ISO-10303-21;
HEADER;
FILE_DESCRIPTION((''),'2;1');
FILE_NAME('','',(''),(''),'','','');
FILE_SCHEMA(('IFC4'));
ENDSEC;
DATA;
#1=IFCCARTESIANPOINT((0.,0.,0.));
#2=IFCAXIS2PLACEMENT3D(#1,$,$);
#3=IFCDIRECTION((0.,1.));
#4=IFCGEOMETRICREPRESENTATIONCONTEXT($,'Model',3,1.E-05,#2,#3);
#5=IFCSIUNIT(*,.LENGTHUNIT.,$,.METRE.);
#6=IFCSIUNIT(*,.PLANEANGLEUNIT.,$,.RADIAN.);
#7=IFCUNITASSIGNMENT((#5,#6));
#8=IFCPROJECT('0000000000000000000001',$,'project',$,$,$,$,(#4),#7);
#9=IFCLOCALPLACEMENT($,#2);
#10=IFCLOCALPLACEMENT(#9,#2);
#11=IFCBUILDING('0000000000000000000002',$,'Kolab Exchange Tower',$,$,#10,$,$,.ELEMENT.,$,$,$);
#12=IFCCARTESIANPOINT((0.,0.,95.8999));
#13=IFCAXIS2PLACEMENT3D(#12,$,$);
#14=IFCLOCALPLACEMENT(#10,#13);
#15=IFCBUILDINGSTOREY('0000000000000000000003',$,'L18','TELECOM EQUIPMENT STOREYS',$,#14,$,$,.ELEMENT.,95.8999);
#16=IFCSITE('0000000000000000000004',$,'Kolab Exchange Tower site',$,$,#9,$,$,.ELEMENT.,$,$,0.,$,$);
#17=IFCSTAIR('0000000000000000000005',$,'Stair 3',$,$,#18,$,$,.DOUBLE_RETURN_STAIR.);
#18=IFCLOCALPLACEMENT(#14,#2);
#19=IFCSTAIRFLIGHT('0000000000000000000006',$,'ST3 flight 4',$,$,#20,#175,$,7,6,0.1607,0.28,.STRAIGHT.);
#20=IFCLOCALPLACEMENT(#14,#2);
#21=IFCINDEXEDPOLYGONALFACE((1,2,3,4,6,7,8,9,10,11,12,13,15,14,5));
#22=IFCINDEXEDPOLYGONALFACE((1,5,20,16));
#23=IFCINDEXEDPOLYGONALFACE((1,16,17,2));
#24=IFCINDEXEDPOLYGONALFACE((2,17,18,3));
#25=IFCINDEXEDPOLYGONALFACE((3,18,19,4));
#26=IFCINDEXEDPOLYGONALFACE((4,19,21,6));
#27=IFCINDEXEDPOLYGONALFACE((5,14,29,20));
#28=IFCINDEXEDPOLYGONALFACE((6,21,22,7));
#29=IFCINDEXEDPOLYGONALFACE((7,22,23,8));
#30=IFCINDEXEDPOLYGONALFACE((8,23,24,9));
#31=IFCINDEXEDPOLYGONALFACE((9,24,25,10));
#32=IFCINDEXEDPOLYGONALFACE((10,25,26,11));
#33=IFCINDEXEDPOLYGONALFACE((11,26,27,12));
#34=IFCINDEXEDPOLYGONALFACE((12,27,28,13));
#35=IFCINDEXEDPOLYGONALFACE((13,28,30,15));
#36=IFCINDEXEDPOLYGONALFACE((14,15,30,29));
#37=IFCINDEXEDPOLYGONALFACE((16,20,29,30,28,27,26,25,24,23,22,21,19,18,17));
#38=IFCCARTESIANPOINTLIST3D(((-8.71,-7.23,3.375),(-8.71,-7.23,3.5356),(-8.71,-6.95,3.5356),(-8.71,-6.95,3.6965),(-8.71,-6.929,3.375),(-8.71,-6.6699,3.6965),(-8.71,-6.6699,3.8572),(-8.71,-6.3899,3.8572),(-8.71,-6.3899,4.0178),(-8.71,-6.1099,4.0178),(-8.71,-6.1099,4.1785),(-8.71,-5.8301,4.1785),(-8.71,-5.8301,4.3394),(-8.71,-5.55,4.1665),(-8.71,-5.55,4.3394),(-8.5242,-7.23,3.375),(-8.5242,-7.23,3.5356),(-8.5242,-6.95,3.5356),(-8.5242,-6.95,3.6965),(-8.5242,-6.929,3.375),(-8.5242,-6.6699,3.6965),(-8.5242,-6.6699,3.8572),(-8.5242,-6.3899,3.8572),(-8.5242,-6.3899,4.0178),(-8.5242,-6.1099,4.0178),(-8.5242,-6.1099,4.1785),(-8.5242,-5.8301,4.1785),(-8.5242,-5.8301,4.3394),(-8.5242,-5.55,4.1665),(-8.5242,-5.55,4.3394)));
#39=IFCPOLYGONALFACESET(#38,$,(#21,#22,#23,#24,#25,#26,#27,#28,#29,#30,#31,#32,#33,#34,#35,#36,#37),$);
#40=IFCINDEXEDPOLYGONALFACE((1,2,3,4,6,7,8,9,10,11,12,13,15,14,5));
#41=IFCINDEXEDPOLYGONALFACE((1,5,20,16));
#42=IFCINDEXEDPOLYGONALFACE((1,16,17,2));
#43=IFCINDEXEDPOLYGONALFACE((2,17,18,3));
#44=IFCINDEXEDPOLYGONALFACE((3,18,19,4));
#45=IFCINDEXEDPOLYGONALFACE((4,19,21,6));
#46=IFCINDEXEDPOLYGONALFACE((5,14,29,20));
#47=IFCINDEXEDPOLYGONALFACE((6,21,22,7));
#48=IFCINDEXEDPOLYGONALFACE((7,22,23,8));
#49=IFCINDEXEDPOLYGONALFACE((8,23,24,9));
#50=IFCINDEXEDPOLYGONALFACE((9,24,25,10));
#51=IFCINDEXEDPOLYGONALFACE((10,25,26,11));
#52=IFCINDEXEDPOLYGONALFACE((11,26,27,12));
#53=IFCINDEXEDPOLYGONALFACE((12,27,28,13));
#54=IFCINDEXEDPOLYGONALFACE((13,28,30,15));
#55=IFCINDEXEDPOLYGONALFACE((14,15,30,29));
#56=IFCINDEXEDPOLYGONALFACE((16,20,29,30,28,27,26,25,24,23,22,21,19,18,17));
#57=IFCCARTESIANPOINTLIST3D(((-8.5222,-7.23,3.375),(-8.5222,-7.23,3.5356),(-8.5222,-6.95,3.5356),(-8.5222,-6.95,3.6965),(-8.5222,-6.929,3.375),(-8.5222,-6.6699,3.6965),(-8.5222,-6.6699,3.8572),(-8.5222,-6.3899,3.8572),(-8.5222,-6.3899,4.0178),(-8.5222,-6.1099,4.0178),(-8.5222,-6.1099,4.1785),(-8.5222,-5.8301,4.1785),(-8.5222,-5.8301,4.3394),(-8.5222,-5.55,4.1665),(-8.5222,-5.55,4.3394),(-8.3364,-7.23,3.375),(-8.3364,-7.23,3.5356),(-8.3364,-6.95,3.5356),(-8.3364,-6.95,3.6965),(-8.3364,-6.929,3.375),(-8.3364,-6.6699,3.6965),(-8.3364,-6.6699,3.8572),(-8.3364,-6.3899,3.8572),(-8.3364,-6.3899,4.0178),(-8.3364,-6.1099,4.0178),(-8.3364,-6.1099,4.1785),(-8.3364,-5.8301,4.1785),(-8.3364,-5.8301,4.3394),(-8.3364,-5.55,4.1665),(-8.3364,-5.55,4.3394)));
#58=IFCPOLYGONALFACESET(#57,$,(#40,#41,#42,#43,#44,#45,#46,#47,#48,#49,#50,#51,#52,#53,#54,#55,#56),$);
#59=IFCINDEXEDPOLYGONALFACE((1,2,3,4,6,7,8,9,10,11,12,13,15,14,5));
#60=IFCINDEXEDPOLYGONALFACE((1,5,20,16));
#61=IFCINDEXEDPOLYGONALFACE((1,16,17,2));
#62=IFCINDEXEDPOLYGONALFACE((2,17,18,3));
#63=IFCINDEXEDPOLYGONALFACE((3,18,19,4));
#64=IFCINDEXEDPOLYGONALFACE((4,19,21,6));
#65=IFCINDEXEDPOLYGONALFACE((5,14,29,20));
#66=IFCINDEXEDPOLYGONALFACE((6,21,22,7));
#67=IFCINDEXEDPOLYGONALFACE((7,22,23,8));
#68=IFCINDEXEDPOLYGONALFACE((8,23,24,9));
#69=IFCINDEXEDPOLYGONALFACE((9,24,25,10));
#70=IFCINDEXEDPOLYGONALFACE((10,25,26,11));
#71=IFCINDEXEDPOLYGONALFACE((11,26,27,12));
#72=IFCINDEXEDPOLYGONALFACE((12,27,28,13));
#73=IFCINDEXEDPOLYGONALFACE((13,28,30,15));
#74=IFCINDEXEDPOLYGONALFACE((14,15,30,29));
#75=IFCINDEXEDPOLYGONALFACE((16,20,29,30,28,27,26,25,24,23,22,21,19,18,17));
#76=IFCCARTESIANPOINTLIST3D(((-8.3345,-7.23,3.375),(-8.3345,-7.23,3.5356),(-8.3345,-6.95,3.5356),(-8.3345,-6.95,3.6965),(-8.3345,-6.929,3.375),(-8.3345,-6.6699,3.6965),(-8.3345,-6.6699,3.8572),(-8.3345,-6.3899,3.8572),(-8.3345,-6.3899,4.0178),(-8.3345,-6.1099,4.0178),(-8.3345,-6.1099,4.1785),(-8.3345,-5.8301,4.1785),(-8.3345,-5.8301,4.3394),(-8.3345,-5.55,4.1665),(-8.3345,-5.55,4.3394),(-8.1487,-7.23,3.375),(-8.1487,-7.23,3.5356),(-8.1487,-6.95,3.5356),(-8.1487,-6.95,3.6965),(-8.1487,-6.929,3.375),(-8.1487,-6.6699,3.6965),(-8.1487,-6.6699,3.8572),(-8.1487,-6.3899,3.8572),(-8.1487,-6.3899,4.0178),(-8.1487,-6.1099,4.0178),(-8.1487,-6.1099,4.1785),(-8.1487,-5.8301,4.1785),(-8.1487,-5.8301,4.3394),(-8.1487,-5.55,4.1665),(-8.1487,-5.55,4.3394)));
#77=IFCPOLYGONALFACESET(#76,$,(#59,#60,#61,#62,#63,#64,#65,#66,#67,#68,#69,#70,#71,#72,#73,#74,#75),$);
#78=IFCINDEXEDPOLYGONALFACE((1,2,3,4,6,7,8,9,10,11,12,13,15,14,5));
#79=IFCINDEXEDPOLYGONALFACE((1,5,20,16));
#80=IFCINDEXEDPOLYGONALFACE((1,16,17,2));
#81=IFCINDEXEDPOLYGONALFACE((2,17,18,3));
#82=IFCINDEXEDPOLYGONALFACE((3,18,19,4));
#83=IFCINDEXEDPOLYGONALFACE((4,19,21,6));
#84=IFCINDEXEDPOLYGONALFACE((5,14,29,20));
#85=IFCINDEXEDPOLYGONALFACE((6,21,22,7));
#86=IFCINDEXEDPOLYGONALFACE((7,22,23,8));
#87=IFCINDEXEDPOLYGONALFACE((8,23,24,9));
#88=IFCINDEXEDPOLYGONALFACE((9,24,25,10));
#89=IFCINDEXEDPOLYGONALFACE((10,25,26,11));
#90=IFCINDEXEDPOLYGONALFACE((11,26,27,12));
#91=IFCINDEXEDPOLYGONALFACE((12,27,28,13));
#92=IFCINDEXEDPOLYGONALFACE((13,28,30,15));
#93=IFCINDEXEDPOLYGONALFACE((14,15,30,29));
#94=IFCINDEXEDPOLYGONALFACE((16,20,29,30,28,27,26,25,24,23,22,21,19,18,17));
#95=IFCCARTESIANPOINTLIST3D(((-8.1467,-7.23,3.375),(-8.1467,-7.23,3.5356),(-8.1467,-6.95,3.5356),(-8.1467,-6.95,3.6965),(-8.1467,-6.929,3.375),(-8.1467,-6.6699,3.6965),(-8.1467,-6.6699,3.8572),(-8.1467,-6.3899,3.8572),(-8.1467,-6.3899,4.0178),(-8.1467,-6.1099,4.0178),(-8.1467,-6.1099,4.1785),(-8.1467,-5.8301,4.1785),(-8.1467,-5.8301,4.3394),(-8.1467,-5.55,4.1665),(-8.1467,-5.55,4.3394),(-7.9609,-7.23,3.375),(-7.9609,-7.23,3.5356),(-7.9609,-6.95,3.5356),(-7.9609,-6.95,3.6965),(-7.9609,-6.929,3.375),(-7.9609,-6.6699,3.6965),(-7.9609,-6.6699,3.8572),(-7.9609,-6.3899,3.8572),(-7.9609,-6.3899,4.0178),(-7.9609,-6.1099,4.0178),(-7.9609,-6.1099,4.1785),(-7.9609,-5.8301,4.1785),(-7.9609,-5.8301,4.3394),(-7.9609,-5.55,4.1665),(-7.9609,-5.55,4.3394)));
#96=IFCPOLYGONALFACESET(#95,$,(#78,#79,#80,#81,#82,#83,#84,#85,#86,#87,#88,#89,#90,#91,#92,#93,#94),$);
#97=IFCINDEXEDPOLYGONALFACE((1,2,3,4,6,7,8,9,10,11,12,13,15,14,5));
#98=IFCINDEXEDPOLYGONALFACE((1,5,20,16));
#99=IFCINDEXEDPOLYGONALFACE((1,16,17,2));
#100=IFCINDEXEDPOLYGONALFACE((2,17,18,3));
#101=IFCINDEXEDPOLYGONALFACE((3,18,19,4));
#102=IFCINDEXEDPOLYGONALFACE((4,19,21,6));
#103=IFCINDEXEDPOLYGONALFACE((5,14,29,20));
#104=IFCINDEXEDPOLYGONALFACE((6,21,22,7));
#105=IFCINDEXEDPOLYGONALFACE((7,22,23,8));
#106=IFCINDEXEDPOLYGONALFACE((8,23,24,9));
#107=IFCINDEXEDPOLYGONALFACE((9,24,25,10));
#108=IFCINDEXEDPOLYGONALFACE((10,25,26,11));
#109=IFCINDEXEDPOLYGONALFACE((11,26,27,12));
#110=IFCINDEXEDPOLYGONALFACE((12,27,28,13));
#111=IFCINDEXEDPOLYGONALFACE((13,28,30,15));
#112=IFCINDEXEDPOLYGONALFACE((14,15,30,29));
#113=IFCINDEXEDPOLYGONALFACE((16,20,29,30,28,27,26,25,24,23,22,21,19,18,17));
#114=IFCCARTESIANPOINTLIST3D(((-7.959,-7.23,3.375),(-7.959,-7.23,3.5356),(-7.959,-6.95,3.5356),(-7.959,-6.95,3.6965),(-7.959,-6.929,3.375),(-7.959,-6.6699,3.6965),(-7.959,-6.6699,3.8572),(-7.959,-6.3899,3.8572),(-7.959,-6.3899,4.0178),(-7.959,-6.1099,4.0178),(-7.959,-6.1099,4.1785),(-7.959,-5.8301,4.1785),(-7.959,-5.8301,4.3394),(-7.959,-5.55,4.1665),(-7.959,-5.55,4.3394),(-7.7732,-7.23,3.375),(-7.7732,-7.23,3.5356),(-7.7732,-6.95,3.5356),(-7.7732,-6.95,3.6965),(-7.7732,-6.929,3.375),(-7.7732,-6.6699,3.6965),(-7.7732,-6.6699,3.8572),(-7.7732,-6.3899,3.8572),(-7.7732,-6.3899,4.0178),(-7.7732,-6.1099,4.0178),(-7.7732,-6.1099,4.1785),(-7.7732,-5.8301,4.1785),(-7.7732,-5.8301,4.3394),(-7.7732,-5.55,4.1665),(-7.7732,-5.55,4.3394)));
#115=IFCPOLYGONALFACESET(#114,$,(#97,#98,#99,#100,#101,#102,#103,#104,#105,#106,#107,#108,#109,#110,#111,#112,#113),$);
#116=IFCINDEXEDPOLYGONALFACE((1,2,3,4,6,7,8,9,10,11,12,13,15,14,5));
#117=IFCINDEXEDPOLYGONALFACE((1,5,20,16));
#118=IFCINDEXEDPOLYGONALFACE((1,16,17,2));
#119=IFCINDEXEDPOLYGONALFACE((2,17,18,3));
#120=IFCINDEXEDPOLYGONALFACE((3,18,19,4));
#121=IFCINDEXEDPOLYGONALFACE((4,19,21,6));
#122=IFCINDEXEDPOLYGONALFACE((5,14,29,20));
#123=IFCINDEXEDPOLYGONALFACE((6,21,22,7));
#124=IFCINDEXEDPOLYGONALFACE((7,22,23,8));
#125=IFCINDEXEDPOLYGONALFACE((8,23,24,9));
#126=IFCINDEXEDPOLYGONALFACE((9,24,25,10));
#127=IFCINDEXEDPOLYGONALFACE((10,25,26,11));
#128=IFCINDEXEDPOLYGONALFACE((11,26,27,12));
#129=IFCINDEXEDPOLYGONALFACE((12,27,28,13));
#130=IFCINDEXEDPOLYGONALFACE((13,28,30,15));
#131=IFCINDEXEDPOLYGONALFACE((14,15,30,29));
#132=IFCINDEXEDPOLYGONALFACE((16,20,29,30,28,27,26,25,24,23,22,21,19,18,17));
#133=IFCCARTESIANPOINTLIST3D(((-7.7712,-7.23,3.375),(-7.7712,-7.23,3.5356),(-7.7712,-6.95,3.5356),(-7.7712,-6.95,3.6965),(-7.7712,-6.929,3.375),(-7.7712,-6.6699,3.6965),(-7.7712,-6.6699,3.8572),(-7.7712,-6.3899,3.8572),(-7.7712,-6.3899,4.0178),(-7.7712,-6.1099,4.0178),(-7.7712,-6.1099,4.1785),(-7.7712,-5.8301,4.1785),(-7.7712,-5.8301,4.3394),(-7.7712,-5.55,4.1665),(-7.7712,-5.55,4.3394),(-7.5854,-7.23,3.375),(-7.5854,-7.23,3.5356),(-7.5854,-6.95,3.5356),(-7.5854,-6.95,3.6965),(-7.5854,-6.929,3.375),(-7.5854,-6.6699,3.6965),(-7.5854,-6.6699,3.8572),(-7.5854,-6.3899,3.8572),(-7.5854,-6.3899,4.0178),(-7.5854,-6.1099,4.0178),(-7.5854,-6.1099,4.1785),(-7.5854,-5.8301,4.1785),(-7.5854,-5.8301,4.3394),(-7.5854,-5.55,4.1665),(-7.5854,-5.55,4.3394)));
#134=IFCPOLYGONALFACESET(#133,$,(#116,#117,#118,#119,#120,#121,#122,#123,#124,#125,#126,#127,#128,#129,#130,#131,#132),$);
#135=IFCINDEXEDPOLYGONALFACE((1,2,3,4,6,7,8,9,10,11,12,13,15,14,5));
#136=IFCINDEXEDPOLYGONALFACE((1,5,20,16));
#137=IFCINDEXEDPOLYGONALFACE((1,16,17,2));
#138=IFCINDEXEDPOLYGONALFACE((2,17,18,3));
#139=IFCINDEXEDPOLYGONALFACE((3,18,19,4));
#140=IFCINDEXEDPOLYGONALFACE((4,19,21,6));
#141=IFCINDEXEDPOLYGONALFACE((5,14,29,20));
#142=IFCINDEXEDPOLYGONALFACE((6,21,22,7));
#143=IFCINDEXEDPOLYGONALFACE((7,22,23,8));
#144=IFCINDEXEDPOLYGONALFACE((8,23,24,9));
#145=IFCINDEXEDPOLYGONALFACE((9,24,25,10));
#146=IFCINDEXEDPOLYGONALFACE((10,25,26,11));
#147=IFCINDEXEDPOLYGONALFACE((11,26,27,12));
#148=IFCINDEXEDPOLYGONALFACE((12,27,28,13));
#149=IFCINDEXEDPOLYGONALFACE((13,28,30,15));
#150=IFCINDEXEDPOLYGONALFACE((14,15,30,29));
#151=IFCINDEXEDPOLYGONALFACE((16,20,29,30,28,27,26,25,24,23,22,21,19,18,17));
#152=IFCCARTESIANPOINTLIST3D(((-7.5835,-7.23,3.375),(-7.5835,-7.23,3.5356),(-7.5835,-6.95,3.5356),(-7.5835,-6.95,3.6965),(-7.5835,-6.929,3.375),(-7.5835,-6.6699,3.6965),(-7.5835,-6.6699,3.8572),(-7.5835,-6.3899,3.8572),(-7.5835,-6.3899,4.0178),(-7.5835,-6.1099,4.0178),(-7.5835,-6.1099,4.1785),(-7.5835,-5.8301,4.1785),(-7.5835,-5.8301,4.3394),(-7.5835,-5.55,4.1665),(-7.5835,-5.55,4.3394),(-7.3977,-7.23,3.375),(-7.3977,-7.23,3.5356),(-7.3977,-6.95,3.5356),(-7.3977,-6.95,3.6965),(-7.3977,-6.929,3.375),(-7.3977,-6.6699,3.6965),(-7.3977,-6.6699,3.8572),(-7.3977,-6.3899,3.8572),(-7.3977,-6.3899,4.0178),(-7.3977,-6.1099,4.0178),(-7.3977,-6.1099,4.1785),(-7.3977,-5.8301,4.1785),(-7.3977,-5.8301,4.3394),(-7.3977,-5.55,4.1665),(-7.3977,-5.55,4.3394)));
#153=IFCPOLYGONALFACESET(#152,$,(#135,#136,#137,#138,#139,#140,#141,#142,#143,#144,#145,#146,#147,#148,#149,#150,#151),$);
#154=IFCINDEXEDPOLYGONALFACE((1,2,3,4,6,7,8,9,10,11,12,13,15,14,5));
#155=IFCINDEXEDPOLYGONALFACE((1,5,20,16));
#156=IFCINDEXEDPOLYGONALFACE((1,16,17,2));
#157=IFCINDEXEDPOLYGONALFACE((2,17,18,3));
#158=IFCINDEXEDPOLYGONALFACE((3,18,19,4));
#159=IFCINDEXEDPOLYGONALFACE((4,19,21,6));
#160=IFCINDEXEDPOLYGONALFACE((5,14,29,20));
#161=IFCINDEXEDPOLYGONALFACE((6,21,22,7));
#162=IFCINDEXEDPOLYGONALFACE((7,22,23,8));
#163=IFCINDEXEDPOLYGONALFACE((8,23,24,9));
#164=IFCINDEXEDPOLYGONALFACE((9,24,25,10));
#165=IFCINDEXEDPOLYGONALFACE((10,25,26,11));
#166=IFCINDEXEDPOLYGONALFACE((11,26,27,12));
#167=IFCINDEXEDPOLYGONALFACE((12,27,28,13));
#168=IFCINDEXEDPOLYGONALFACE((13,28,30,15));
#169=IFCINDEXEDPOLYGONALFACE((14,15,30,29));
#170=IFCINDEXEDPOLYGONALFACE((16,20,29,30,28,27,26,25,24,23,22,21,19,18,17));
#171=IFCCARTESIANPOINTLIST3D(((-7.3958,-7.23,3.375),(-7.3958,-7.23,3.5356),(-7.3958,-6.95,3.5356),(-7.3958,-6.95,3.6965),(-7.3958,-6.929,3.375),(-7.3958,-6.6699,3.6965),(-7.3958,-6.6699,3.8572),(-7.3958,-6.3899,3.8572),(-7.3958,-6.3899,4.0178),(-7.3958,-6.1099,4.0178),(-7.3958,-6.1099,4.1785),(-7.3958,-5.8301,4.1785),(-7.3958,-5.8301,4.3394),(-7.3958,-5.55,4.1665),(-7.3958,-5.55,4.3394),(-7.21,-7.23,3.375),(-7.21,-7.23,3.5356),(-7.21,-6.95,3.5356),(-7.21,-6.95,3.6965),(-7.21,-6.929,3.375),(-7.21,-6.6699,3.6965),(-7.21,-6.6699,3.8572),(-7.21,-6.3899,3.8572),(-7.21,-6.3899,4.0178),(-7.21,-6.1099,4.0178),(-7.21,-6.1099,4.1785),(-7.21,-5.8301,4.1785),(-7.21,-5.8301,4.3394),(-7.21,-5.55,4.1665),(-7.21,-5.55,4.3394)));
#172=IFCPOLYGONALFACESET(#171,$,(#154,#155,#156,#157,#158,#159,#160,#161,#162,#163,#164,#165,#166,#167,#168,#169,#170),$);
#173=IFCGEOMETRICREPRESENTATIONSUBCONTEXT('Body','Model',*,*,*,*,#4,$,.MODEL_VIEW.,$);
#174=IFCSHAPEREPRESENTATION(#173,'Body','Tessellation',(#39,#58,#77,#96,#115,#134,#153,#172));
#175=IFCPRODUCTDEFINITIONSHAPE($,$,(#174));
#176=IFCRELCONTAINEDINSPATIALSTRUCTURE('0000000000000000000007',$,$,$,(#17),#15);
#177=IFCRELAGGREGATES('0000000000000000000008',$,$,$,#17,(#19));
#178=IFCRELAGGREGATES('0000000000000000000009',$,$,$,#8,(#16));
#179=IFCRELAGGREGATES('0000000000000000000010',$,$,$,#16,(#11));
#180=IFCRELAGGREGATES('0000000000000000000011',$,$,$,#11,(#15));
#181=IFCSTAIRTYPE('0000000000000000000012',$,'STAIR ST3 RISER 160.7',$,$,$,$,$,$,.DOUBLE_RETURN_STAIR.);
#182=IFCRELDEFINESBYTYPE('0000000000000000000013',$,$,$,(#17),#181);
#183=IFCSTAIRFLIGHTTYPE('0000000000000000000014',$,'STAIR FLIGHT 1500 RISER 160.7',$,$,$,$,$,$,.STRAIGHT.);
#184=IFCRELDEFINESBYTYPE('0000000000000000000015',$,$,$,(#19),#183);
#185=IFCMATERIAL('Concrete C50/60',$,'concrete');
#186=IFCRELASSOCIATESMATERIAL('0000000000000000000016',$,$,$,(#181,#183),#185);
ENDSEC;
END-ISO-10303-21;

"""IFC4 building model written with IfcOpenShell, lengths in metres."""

from ifc_helpers import new_model, si_unit, direction, frame, origin, place, context, subcontext, project, spatial, polyline, outline, extrude, material, type_object, element, aggregate, save


model = new_model("IFC4")

# Units and contexts
model_context = context("Model", 3, precision=1e-05, world=origin(), true_north=direction((0.0, 1.0)))
body_context = subcontext(model_context, "Body", "Model", "MODEL_VIEW")
ifc_project = project(units=[si_unit("LENGTHUNIT", "METRE"), si_unit("PLANEANGLEUNIT", "RADIAN")], contexts=[model_context])

# Site, building, storey
site_placement = place(None, origin())
site = spatial("IfcSite", under=ifc_project, at=site_placement, Name="Kolab Exchange Tower site", CompositionType="ELEMENT", RefElevation=0.0)
building_placement = place(site_placement, origin())
building = spatial("IfcBuilding", under=site, at=building_placement, Name="Kolab Exchange Tower", CompositionType="ELEMENT")
storey_placement = place(building_placement, frame((0.0, 0.0, 95.8999)))
storey = spatial("IfcBuildingStorey", under=building, at=storey_placement, Name="L18", Description="TELECOM EQUIPMENT STOREYS", CompositionType="ELEMENT", Elevation=95.8999)

# Shared definitions
ifc_material_1 = material(Name="Concrete C50/60", Category="concrete")

# Stair, stair flight
stair_type = type_object("IfcStairType", Name="STAIR ST3 RISER 160.7", PredefinedType="DOUBLE_RETURN_STAIR", material=ifc_material_1)
stair_placement = place(storey_placement, origin())
stair = element("IfcStair", 1, at=stair_placement, inside=storey, type_object=stair_type, Name="Stair 3", PredefinedType="DOUBLE_RETURN_STAIR")
stair_flight_type = type_object("IfcStairFlightType", Name="STAIR FLIGHT 1500 RISER 160.7", PredefinedType="STRAIGHT", material=ifc_material_1)
stair_flight_1_placement = place(storey_placement, frame((-7.96, -7.23, 3.375), z_axis=(0.0, 0.0, 1.0), x_axis=(0.0, 1.0, 0.0)))
stair_flight_1 = element("IfcStairFlight", 2, at=stair_flight_1_placement, type_object=stair_flight_type, Name="ST3 flight 4", NumberOfRisers=7, NumberOfTreads=6, PredefinedType="STRAIGHT", RiserHeight=0.1607, TreadLength=0.28, context=body_context, shape_type="SweptSolid", body=[
    extrude(outline(polyline([(0.0, 0.0), (0.0, 0.1606), (0.28, 0.1606), (0.28, 0.3215), (0.5601, 0.3215), (0.5601, 0.4822), (0.8401, 0.4822), (0.8401, 0.6428), (1.1201, 0.6428), (1.1201, 0.8035), (1.3999, 0.8035), (1.3999, 0.9644), (1.6799, 0.9644), (1.6799, 1.125), (1.6799, 0.7915), (0.301, 0.0), (0.0, 0.0)])), frame((0.0, 0.75, 0.0), z_axis=(0.0, -1.0, 0.0), x_axis=(1.0, 0.0, 0.0)), (0.0, 0.0, 1.0), 0.1858),
    extrude(outline(polyline([(0.0, 0.0), (0.0, 0.1606), (0.28, 0.1606), (0.28, 0.3215), (0.5601, 0.3215), (0.5601, 0.4822), (0.8401, 0.4822), (0.8401, 0.6428), (1.1201, 0.6428), (1.1201, 0.8035), (1.3999, 0.8035), (1.3999, 0.9644), (1.6799, 0.9644), (1.6799, 1.125), (1.6799, 0.7915), (0.301, 0.0), (0.0, 0.0)])), frame((0.0, 0.5623, 0.0), z_axis=(0.0, -1.0, 0.0), x_axis=(1.0, 0.0, 0.0)), (0.0, 0.0, 1.0), 0.1858),
    extrude(outline(polyline([(0.0, 0.0), (0.0, 0.1606), (0.28, 0.1606), (0.28, 0.3215), (0.5601, 0.3215), (0.5601, 0.4822), (0.8401, 0.4822), (0.8401, 0.6428), (1.1201, 0.6428), (1.1201, 0.8035), (1.3999, 0.8035), (1.3999, 0.9644), (1.6799, 0.9644), (1.6799, 1.125), (1.6799, 0.7915), (0.301, 0.0), (0.0, 0.0)])), frame((0.0, 0.3745, 0.0), z_axis=(0.0, -1.0, 0.0), x_axis=(1.0, 0.0, 0.0)), (0.0, 0.0, 1.0), 0.1858),
    extrude(outline(polyline([(0.0, 0.0), (0.0, 0.1606), (0.28, 0.1606), (0.28, 0.3215), (0.5601, 0.3215), (0.5601, 0.4822), (0.8401, 0.4822), (0.8401, 0.6428), (1.1201, 0.6428), (1.1201, 0.8035), (1.3999, 0.8035), (1.3999, 0.9644), (1.6799, 0.9644), (1.6799, 1.125), (1.6799, 0.7915), (0.301, 0.0), (0.0, 0.0)])), frame((0.0, 0.1868, 0.0), z_axis=(0.0, -1.0, 0.0), x_axis=(1.0, 0.0, 0.0)), (0.0, 0.0, 1.0), 0.1858),
    extrude(outline(polyline([(0.0, 0.0), (0.0, 0.1606), (0.28, 0.1606), (0.28, 0.3215), (0.5601, 0.3215), (0.5601, 0.4822), (0.8401, 0.4822), (0.8401, 0.6428), (1.1201, 0.6428), (1.1201, 0.8035), (1.3999, 0.8035), (1.3999, 0.9644), (1.6799, 0.9644), (1.6799, 1.125), (1.6799, 0.7915), (0.301, 0.0), (0.0, 0.0)])), frame((0.0, -0.001, 0.0), z_axis=(0.0, -1.0, 0.0), x_axis=(1.0, 0.0, 0.0)), (0.0, 0.0, 1.0), 0.1858),
    extrude(outline(polyline([(0.0, 0.0), (0.0, 0.1606), (0.28, 0.1606), (0.28, 0.3215), (0.5601, 0.3215), (0.5601, 0.4822), (0.8401, 0.4822), (0.8401, 0.6428), (1.1201, 0.6428), (1.1201, 0.8035), (1.3999, 0.8035), (1.3999, 0.9644), (1.6799, 0.9644), (1.6799, 1.125), (1.6799, 0.7915), (0.301, 0.0), (0.0, 0.0)])), frame((0.0, -0.1887, 0.0), z_axis=(0.0, -1.0, 0.0), x_axis=(1.0, 0.0, 0.0)), (0.0, 0.0, 1.0), 0.1858),
    extrude(outline(polyline([(0.0, 0.0), (0.0, 0.1606), (0.28, 0.1606), (0.28, 0.3215), (0.5601, 0.3215), (0.5601, 0.4822), (0.8401, 0.4822), (0.8401, 0.6428), (1.1201, 0.6428), (1.1201, 0.8035), (1.3999, 0.8035), (1.3999, 0.9644), (1.6799, 0.9644), (1.6799, 1.125), (1.6799, 0.7915), (0.301, 0.0), (0.0, 0.0)])), frame((0.0, -0.3765, 0.0), z_axis=(0.0, -1.0, 0.0), x_axis=(1.0, 0.0, 0.0)), (0.0, 0.0, 1.0), 0.1858),
    extrude(outline(polyline([(0.0, 0.0), (0.0, 0.1606), (0.28, 0.1606), (0.28, 0.3215), (0.5601, 0.3215), (0.5601, 0.4822), (0.8401, 0.4822), (0.8401, 0.6428), (1.1201, 0.6428), (1.1201, 0.8035), (1.3999, 0.8035), (1.3999, 0.9644), (1.6799, 0.9644), (1.6799, 1.125), (1.6799, 0.7915), (0.301, 0.0), (0.0, 0.0)])), frame((0.0, -0.5642, 0.0), z_axis=(0.0, -1.0, 0.0), x_axis=(1.0, 0.0, 0.0)), (0.0, 0.0, 1.0), 0.1858),
])
aggregate(stair, [stair_flight_1])

save(model, "model.ifc")
